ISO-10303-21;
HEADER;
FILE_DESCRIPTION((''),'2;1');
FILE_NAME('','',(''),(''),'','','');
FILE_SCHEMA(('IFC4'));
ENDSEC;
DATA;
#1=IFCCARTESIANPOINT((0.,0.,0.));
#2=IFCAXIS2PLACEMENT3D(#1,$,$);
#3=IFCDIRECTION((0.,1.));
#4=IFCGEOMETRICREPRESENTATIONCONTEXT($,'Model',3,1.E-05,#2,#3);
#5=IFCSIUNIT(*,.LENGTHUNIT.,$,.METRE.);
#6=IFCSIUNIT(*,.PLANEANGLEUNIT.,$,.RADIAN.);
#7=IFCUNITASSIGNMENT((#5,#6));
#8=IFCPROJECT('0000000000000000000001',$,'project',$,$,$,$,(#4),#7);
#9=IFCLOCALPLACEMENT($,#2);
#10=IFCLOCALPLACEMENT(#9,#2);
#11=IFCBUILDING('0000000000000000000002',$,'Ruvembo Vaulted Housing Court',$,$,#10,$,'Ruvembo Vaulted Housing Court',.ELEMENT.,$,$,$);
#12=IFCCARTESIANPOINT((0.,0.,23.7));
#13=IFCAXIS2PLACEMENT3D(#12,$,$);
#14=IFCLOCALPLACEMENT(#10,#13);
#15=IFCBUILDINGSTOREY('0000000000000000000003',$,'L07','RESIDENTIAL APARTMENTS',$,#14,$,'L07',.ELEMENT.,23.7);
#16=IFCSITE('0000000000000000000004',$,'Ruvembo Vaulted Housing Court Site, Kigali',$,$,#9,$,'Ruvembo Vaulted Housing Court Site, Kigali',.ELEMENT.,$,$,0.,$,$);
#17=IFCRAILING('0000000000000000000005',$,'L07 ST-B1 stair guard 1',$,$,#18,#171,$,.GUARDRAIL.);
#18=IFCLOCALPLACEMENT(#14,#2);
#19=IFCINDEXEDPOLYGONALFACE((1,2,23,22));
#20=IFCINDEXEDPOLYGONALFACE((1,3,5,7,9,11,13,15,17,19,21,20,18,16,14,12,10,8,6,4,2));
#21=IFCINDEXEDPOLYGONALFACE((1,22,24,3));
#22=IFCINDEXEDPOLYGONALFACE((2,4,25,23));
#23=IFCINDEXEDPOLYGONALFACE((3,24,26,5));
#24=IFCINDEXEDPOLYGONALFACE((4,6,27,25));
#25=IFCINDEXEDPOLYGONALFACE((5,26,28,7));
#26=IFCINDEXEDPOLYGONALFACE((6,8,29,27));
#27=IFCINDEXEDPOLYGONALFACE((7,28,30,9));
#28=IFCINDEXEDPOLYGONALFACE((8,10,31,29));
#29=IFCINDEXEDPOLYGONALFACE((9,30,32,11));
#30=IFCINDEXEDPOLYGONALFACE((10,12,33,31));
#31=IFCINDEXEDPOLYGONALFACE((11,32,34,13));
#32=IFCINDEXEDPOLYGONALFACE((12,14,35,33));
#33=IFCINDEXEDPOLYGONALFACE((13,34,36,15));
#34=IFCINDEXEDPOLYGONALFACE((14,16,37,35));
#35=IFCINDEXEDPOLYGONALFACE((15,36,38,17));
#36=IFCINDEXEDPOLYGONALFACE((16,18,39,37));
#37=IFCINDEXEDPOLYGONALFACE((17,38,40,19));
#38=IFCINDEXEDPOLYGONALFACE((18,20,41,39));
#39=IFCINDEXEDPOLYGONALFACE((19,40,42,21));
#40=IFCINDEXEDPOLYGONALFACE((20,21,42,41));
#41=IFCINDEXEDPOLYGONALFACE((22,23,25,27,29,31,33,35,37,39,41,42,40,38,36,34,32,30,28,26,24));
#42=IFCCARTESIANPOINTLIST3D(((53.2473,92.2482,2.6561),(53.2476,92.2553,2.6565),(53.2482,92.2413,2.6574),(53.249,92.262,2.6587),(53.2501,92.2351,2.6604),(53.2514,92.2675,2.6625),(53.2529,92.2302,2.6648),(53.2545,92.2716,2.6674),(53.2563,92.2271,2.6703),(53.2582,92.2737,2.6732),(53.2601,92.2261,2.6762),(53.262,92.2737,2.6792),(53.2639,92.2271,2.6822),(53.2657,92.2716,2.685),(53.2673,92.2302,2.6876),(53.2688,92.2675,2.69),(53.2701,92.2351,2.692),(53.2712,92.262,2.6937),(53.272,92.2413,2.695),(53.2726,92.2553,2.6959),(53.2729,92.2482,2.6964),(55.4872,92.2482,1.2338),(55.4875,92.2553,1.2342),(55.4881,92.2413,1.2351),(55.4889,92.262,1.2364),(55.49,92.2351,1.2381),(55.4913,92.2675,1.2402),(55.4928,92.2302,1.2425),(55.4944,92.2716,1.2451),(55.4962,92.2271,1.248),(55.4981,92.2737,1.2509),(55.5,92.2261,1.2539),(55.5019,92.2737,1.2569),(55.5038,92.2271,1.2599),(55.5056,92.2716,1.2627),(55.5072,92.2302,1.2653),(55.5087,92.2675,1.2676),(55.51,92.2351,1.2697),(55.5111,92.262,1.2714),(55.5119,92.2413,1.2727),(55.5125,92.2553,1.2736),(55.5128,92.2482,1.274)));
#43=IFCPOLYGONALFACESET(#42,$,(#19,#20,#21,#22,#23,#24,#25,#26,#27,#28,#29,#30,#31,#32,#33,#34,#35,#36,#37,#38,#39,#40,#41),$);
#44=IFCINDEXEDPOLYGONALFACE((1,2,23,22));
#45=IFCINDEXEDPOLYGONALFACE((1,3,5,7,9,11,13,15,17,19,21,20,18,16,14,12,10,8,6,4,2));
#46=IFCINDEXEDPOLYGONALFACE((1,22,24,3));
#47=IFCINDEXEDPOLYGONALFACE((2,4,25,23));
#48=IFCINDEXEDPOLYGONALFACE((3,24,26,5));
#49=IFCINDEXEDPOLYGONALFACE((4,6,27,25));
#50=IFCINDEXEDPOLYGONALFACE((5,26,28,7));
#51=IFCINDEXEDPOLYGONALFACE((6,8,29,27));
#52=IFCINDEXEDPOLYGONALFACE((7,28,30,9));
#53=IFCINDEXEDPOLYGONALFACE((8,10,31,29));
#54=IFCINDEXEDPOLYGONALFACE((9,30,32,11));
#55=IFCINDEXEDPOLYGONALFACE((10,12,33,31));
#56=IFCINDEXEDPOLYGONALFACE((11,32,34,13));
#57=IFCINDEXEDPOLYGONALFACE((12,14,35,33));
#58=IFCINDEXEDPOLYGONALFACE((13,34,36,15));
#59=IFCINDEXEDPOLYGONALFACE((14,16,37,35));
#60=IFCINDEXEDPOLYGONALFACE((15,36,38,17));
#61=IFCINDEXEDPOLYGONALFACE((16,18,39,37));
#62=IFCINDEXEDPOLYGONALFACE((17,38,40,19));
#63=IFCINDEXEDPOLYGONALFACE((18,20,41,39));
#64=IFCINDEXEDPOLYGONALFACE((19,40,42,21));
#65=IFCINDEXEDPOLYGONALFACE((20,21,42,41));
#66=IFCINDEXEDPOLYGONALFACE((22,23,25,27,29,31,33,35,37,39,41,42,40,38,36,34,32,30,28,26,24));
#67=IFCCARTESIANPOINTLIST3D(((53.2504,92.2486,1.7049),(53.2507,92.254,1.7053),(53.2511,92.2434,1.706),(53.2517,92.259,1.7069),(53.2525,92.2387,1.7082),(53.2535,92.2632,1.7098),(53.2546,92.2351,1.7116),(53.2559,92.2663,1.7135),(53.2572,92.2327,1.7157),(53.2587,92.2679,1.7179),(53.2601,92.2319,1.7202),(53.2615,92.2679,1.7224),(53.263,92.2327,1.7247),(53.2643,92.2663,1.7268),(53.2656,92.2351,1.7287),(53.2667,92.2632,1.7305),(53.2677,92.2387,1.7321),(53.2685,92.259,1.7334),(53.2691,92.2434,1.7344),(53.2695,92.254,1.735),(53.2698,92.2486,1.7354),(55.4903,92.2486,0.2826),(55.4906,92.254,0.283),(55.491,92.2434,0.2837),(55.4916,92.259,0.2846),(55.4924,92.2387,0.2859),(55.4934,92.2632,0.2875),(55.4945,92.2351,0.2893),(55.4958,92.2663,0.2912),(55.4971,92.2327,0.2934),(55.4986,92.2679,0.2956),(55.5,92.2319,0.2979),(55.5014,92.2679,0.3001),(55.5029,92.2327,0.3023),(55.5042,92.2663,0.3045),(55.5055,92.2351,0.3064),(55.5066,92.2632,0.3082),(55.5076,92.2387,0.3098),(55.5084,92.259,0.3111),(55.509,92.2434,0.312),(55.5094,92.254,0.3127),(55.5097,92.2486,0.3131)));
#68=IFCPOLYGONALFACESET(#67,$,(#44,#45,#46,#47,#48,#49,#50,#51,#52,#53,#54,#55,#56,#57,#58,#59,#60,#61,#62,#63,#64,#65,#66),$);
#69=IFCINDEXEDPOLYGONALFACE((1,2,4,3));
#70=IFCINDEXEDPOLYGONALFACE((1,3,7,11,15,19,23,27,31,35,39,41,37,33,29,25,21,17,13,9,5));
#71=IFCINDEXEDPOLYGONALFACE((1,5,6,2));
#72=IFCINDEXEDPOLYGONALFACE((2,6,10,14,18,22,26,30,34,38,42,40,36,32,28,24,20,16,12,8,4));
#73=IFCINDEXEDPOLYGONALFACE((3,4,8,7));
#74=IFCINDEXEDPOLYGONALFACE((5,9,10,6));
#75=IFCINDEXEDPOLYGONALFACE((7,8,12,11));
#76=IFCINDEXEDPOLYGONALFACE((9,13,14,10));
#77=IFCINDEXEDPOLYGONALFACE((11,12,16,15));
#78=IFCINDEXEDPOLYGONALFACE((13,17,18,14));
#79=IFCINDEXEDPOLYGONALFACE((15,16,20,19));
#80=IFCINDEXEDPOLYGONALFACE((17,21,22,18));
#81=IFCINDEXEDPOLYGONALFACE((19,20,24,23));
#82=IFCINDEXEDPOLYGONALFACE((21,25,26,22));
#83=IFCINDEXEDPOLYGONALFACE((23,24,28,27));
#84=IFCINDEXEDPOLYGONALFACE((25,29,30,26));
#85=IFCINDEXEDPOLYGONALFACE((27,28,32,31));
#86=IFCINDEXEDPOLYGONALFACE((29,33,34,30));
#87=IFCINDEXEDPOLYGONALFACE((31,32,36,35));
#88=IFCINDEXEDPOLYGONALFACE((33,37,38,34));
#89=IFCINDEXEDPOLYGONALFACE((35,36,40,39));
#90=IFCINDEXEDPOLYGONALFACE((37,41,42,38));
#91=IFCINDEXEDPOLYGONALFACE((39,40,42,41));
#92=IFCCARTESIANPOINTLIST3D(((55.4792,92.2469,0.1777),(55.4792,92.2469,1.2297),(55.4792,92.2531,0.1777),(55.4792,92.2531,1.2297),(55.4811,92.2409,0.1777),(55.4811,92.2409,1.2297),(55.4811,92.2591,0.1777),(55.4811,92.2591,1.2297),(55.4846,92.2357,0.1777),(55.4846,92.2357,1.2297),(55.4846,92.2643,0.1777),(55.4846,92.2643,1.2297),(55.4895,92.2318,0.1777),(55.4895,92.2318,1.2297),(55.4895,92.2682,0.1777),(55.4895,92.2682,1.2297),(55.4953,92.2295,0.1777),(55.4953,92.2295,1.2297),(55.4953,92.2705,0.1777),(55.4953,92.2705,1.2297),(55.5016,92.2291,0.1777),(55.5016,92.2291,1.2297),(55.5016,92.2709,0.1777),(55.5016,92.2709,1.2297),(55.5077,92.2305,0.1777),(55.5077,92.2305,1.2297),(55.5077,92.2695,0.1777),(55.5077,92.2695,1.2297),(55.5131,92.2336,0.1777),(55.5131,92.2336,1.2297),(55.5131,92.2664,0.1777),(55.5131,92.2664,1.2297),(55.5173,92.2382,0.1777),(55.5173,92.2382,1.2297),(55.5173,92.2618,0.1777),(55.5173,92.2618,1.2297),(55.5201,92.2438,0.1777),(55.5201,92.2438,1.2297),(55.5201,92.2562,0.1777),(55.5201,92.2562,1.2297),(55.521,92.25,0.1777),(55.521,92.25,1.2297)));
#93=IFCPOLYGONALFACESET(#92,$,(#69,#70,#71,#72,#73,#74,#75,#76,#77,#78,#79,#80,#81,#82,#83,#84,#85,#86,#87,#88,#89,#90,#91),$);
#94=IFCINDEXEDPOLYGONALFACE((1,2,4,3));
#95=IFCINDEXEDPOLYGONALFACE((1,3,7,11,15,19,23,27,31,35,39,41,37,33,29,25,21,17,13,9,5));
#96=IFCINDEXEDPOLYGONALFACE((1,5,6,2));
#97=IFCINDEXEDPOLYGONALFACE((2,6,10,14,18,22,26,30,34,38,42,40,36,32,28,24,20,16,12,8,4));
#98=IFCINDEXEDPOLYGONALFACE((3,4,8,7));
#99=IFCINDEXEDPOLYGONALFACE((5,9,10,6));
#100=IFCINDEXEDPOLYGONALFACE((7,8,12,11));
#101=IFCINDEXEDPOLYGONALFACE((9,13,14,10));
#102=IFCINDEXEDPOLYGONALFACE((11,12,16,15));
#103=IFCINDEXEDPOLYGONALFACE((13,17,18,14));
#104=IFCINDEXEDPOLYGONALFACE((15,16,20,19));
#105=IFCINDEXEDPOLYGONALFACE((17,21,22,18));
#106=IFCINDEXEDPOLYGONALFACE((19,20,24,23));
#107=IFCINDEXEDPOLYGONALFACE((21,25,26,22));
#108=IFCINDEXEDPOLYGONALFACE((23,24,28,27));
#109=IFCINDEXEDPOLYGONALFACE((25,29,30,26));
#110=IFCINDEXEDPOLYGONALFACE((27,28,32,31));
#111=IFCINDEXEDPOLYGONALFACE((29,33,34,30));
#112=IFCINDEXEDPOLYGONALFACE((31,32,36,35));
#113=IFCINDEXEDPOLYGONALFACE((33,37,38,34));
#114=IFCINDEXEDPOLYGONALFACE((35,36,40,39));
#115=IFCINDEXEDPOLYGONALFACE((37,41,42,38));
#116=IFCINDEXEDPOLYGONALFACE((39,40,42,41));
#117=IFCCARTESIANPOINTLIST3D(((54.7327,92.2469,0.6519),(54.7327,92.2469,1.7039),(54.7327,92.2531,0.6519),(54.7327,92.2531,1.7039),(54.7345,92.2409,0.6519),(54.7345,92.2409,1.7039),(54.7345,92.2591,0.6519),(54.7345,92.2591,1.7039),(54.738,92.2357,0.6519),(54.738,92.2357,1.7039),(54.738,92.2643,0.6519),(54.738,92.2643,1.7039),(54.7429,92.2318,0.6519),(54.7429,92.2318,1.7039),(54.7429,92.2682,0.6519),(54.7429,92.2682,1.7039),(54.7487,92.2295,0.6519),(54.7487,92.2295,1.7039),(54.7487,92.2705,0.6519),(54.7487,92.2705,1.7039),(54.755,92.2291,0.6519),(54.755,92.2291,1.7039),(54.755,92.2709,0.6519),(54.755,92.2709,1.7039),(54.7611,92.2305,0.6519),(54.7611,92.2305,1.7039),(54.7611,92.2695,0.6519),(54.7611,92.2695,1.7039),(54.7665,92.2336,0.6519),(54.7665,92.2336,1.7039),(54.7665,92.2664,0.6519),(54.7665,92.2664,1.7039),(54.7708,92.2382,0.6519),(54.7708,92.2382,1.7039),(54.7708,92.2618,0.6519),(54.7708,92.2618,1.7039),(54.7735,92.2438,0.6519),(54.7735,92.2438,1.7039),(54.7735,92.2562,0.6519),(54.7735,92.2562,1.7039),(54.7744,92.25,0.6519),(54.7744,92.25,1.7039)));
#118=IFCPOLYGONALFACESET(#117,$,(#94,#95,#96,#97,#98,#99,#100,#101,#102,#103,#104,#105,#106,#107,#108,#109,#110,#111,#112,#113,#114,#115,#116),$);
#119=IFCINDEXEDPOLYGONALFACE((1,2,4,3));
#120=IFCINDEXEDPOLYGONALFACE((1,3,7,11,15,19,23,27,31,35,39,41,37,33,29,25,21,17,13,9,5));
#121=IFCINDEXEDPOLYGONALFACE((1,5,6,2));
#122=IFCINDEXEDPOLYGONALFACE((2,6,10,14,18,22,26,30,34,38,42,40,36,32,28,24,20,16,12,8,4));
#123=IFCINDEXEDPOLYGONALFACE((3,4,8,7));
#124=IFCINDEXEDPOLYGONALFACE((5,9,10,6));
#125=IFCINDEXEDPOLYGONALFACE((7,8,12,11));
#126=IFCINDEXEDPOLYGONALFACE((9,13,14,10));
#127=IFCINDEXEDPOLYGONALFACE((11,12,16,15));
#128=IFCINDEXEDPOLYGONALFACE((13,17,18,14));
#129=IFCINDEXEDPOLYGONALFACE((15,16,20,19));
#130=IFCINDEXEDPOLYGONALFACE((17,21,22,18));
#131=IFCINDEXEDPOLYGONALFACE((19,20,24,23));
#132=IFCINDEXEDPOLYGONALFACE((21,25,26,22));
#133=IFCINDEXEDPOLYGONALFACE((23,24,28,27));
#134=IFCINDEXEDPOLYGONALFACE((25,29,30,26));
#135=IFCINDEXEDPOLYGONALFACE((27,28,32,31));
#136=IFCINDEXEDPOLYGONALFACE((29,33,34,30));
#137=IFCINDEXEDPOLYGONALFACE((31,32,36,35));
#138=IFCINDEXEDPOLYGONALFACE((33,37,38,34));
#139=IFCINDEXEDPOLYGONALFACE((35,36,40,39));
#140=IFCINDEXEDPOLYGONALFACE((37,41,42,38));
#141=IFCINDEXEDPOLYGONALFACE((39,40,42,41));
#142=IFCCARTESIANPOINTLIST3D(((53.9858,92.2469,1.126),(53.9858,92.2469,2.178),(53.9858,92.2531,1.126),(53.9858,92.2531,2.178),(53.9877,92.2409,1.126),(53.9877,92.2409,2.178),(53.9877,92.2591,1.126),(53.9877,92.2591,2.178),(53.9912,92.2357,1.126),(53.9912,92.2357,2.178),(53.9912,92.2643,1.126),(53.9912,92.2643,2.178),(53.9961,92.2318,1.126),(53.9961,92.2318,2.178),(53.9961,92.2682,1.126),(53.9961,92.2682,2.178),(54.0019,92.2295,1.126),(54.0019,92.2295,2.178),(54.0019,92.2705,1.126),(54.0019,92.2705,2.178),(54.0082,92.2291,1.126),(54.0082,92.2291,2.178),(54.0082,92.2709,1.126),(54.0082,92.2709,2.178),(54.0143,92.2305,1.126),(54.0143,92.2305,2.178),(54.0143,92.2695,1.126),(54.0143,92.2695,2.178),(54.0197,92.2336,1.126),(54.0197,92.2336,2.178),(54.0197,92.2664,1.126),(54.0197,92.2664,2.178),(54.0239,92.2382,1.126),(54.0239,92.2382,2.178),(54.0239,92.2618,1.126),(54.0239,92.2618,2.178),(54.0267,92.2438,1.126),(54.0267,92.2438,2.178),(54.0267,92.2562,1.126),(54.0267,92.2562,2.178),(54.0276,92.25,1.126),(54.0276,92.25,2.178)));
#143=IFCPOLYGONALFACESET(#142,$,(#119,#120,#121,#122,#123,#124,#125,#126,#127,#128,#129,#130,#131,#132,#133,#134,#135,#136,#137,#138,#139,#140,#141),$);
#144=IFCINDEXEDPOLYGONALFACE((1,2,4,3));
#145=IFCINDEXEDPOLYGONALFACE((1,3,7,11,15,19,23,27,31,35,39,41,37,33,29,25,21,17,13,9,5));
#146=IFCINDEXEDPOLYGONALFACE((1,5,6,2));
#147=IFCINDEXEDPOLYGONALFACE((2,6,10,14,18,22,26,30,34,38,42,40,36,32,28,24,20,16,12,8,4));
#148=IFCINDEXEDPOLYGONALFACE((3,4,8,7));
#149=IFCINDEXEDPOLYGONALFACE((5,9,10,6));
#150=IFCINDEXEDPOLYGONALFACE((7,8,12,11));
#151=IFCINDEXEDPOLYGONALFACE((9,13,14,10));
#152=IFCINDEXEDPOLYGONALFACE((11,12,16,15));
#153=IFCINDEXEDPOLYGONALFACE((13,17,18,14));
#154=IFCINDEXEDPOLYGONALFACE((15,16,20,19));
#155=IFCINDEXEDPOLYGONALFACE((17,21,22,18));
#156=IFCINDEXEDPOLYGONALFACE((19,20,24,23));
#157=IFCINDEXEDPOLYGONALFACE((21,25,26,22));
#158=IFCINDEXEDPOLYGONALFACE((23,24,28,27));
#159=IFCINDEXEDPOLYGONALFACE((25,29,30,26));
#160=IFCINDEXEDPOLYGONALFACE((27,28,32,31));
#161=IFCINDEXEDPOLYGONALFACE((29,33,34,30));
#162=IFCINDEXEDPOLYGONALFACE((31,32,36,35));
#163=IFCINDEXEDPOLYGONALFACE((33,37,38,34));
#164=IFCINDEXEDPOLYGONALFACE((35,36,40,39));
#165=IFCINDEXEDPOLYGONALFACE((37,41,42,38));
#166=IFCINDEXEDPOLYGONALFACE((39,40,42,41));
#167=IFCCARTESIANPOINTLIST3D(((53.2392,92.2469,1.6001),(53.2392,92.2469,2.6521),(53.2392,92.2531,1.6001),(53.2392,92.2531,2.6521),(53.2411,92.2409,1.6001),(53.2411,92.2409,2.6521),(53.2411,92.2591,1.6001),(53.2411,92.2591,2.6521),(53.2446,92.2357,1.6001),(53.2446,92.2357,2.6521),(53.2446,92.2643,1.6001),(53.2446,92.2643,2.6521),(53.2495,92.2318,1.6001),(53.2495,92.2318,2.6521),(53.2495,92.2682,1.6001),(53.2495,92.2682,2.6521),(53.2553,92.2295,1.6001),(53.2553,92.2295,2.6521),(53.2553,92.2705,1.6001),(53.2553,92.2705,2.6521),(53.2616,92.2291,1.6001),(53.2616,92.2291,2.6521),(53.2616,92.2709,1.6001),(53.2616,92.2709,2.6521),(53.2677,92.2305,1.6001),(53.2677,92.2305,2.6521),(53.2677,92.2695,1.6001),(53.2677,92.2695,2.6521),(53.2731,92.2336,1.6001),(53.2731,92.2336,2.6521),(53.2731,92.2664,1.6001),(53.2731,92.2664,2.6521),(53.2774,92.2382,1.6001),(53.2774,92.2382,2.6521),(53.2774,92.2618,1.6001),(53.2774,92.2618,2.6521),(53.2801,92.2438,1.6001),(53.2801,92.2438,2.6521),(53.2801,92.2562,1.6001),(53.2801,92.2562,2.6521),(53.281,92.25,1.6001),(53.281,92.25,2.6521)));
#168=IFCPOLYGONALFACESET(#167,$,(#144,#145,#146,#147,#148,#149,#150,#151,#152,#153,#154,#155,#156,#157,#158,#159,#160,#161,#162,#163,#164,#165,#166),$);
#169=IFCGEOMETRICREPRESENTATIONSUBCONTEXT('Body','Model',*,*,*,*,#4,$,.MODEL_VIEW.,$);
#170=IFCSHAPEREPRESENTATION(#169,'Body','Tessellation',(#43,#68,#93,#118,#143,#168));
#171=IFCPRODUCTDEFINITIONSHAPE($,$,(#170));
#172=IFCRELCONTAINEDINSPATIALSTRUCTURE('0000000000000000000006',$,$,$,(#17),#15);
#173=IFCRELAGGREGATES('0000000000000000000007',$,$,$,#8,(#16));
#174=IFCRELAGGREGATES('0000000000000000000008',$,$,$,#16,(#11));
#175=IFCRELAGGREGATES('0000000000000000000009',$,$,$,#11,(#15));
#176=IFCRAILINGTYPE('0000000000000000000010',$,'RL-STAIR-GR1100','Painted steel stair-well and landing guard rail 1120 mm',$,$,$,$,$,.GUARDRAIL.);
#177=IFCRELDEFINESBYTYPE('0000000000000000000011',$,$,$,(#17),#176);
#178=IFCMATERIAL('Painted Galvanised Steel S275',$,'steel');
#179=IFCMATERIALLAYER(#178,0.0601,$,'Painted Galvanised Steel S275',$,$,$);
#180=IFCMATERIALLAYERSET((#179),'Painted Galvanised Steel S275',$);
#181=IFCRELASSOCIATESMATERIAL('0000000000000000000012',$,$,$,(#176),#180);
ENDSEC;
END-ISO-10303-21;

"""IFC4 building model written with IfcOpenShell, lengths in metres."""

from ifc_helpers import new_model, si_unit, direction, frame, origin, origin_2d, place, context, subcontext, project, spatial, circle, extrude, material, layer, layer_set, type_object, element, save


model = new_model("IFC4")

# Units and contexts
model_context = context("Model", 3, precision=1e-05, world=origin(), true_north=direction((0.0, 1.0)))
body_context = subcontext(model_context, "Body", "Model", "MODEL_VIEW")
ifc_project = project(units=[si_unit("LENGTHUNIT", "METRE"), si_unit("PLANEANGLEUNIT", "RADIAN")], contexts=[model_context])

# Site, building, storey
site_placement = place(None, origin())
site = spatial("IfcSite", under=ifc_project, at=site_placement, Name="Ruvembo Vaulted Housing Court Site, Kigali", LongName="Ruvembo Vaulted Housing Court Site, Kigali", CompositionType="ELEMENT", RefElevation=0.0)
building_placement = place(site_placement, origin())
building = spatial("IfcBuilding", under=site, at=building_placement, Name="Ruvembo Vaulted Housing Court", LongName="Ruvembo Vaulted Housing Court", CompositionType="ELEMENT")
storey_placement = place(building_placement, frame((0.0, 0.0, 23.7)))
storey = spatial("IfcBuildingStorey", under=building, at=storey_placement, Name="L07", Description="RESIDENTIAL APARTMENTS", LongName="L07", CompositionType="ELEMENT", Elevation=23.7)

# Railing
ifc_material_1 = material(Name="Painted Galvanised Steel S275", Category="steel")
ifc_layer_1 = layer(ifc_material_1, 0.0601, Name="Painted Galvanised Steel S275")
ifc_layer_set_1 = layer_set([ifc_layer_1], Name="Painted Galvanised Steel S275")
railing_type_1 = type_object("IfcRailingType", Name="RL-STAIR-GR1100", Description="Painted steel stair-well and landing guard rail 1120 mm", PredefinedType="GUARDRAIL", material=ifc_layer_set_1)
railing_1_placement = place(storey_placement, frame((55.5, 92.25, 0.1777)))
element("IfcRailing", 1, at=railing_1_placement, inside=storey, type_object=railing_type_1, Name="L07 ST-B1 stair guard 1", PredefinedType="GUARDRAIL", context=body_context, shape_type="SweptSolid", body=[
    extrude(circle(Radius=0.0239, at=origin_2d()), frame((0.0, 0.0, 1.0762), z_axis=(-0.844188, 0.0, 0.536048), x_axis=(0.0, -1.0, 0.0)), (0.0, 0.0, 1.0), 2.6533),
    extrude(circle(Radius=0.0181, at=origin_2d()), frame((0.0, 0.0, 0.1201), z_axis=(-0.844188, 0.0, 0.536048), x_axis=(0.0, -1.0, 0.0)), (0.0, 0.0, 1.0), 2.6533),
    extrude(circle(Radius=0.021, at=origin_2d()), origin(), (0.0, 0.0, 1.0), 1.052),
    extrude(circle(Radius=0.021, at=origin_2d()), frame((-0.7466, 0.0, 0.4741)), (0.0, 0.0, 1.0), 1.052),
    extrude(circle(Radius=0.021, at=origin_2d()), frame((-1.4934, 0.0, 0.9482)), (0.0, 0.0, 1.0), 1.052),
    extrude(circle(Radius=0.021, at=origin_2d()), frame((-2.24, 0.0, 1.4224)), (0.0, 0.0, 1.0), 1.052),
])

save(model, "model.ifc")
